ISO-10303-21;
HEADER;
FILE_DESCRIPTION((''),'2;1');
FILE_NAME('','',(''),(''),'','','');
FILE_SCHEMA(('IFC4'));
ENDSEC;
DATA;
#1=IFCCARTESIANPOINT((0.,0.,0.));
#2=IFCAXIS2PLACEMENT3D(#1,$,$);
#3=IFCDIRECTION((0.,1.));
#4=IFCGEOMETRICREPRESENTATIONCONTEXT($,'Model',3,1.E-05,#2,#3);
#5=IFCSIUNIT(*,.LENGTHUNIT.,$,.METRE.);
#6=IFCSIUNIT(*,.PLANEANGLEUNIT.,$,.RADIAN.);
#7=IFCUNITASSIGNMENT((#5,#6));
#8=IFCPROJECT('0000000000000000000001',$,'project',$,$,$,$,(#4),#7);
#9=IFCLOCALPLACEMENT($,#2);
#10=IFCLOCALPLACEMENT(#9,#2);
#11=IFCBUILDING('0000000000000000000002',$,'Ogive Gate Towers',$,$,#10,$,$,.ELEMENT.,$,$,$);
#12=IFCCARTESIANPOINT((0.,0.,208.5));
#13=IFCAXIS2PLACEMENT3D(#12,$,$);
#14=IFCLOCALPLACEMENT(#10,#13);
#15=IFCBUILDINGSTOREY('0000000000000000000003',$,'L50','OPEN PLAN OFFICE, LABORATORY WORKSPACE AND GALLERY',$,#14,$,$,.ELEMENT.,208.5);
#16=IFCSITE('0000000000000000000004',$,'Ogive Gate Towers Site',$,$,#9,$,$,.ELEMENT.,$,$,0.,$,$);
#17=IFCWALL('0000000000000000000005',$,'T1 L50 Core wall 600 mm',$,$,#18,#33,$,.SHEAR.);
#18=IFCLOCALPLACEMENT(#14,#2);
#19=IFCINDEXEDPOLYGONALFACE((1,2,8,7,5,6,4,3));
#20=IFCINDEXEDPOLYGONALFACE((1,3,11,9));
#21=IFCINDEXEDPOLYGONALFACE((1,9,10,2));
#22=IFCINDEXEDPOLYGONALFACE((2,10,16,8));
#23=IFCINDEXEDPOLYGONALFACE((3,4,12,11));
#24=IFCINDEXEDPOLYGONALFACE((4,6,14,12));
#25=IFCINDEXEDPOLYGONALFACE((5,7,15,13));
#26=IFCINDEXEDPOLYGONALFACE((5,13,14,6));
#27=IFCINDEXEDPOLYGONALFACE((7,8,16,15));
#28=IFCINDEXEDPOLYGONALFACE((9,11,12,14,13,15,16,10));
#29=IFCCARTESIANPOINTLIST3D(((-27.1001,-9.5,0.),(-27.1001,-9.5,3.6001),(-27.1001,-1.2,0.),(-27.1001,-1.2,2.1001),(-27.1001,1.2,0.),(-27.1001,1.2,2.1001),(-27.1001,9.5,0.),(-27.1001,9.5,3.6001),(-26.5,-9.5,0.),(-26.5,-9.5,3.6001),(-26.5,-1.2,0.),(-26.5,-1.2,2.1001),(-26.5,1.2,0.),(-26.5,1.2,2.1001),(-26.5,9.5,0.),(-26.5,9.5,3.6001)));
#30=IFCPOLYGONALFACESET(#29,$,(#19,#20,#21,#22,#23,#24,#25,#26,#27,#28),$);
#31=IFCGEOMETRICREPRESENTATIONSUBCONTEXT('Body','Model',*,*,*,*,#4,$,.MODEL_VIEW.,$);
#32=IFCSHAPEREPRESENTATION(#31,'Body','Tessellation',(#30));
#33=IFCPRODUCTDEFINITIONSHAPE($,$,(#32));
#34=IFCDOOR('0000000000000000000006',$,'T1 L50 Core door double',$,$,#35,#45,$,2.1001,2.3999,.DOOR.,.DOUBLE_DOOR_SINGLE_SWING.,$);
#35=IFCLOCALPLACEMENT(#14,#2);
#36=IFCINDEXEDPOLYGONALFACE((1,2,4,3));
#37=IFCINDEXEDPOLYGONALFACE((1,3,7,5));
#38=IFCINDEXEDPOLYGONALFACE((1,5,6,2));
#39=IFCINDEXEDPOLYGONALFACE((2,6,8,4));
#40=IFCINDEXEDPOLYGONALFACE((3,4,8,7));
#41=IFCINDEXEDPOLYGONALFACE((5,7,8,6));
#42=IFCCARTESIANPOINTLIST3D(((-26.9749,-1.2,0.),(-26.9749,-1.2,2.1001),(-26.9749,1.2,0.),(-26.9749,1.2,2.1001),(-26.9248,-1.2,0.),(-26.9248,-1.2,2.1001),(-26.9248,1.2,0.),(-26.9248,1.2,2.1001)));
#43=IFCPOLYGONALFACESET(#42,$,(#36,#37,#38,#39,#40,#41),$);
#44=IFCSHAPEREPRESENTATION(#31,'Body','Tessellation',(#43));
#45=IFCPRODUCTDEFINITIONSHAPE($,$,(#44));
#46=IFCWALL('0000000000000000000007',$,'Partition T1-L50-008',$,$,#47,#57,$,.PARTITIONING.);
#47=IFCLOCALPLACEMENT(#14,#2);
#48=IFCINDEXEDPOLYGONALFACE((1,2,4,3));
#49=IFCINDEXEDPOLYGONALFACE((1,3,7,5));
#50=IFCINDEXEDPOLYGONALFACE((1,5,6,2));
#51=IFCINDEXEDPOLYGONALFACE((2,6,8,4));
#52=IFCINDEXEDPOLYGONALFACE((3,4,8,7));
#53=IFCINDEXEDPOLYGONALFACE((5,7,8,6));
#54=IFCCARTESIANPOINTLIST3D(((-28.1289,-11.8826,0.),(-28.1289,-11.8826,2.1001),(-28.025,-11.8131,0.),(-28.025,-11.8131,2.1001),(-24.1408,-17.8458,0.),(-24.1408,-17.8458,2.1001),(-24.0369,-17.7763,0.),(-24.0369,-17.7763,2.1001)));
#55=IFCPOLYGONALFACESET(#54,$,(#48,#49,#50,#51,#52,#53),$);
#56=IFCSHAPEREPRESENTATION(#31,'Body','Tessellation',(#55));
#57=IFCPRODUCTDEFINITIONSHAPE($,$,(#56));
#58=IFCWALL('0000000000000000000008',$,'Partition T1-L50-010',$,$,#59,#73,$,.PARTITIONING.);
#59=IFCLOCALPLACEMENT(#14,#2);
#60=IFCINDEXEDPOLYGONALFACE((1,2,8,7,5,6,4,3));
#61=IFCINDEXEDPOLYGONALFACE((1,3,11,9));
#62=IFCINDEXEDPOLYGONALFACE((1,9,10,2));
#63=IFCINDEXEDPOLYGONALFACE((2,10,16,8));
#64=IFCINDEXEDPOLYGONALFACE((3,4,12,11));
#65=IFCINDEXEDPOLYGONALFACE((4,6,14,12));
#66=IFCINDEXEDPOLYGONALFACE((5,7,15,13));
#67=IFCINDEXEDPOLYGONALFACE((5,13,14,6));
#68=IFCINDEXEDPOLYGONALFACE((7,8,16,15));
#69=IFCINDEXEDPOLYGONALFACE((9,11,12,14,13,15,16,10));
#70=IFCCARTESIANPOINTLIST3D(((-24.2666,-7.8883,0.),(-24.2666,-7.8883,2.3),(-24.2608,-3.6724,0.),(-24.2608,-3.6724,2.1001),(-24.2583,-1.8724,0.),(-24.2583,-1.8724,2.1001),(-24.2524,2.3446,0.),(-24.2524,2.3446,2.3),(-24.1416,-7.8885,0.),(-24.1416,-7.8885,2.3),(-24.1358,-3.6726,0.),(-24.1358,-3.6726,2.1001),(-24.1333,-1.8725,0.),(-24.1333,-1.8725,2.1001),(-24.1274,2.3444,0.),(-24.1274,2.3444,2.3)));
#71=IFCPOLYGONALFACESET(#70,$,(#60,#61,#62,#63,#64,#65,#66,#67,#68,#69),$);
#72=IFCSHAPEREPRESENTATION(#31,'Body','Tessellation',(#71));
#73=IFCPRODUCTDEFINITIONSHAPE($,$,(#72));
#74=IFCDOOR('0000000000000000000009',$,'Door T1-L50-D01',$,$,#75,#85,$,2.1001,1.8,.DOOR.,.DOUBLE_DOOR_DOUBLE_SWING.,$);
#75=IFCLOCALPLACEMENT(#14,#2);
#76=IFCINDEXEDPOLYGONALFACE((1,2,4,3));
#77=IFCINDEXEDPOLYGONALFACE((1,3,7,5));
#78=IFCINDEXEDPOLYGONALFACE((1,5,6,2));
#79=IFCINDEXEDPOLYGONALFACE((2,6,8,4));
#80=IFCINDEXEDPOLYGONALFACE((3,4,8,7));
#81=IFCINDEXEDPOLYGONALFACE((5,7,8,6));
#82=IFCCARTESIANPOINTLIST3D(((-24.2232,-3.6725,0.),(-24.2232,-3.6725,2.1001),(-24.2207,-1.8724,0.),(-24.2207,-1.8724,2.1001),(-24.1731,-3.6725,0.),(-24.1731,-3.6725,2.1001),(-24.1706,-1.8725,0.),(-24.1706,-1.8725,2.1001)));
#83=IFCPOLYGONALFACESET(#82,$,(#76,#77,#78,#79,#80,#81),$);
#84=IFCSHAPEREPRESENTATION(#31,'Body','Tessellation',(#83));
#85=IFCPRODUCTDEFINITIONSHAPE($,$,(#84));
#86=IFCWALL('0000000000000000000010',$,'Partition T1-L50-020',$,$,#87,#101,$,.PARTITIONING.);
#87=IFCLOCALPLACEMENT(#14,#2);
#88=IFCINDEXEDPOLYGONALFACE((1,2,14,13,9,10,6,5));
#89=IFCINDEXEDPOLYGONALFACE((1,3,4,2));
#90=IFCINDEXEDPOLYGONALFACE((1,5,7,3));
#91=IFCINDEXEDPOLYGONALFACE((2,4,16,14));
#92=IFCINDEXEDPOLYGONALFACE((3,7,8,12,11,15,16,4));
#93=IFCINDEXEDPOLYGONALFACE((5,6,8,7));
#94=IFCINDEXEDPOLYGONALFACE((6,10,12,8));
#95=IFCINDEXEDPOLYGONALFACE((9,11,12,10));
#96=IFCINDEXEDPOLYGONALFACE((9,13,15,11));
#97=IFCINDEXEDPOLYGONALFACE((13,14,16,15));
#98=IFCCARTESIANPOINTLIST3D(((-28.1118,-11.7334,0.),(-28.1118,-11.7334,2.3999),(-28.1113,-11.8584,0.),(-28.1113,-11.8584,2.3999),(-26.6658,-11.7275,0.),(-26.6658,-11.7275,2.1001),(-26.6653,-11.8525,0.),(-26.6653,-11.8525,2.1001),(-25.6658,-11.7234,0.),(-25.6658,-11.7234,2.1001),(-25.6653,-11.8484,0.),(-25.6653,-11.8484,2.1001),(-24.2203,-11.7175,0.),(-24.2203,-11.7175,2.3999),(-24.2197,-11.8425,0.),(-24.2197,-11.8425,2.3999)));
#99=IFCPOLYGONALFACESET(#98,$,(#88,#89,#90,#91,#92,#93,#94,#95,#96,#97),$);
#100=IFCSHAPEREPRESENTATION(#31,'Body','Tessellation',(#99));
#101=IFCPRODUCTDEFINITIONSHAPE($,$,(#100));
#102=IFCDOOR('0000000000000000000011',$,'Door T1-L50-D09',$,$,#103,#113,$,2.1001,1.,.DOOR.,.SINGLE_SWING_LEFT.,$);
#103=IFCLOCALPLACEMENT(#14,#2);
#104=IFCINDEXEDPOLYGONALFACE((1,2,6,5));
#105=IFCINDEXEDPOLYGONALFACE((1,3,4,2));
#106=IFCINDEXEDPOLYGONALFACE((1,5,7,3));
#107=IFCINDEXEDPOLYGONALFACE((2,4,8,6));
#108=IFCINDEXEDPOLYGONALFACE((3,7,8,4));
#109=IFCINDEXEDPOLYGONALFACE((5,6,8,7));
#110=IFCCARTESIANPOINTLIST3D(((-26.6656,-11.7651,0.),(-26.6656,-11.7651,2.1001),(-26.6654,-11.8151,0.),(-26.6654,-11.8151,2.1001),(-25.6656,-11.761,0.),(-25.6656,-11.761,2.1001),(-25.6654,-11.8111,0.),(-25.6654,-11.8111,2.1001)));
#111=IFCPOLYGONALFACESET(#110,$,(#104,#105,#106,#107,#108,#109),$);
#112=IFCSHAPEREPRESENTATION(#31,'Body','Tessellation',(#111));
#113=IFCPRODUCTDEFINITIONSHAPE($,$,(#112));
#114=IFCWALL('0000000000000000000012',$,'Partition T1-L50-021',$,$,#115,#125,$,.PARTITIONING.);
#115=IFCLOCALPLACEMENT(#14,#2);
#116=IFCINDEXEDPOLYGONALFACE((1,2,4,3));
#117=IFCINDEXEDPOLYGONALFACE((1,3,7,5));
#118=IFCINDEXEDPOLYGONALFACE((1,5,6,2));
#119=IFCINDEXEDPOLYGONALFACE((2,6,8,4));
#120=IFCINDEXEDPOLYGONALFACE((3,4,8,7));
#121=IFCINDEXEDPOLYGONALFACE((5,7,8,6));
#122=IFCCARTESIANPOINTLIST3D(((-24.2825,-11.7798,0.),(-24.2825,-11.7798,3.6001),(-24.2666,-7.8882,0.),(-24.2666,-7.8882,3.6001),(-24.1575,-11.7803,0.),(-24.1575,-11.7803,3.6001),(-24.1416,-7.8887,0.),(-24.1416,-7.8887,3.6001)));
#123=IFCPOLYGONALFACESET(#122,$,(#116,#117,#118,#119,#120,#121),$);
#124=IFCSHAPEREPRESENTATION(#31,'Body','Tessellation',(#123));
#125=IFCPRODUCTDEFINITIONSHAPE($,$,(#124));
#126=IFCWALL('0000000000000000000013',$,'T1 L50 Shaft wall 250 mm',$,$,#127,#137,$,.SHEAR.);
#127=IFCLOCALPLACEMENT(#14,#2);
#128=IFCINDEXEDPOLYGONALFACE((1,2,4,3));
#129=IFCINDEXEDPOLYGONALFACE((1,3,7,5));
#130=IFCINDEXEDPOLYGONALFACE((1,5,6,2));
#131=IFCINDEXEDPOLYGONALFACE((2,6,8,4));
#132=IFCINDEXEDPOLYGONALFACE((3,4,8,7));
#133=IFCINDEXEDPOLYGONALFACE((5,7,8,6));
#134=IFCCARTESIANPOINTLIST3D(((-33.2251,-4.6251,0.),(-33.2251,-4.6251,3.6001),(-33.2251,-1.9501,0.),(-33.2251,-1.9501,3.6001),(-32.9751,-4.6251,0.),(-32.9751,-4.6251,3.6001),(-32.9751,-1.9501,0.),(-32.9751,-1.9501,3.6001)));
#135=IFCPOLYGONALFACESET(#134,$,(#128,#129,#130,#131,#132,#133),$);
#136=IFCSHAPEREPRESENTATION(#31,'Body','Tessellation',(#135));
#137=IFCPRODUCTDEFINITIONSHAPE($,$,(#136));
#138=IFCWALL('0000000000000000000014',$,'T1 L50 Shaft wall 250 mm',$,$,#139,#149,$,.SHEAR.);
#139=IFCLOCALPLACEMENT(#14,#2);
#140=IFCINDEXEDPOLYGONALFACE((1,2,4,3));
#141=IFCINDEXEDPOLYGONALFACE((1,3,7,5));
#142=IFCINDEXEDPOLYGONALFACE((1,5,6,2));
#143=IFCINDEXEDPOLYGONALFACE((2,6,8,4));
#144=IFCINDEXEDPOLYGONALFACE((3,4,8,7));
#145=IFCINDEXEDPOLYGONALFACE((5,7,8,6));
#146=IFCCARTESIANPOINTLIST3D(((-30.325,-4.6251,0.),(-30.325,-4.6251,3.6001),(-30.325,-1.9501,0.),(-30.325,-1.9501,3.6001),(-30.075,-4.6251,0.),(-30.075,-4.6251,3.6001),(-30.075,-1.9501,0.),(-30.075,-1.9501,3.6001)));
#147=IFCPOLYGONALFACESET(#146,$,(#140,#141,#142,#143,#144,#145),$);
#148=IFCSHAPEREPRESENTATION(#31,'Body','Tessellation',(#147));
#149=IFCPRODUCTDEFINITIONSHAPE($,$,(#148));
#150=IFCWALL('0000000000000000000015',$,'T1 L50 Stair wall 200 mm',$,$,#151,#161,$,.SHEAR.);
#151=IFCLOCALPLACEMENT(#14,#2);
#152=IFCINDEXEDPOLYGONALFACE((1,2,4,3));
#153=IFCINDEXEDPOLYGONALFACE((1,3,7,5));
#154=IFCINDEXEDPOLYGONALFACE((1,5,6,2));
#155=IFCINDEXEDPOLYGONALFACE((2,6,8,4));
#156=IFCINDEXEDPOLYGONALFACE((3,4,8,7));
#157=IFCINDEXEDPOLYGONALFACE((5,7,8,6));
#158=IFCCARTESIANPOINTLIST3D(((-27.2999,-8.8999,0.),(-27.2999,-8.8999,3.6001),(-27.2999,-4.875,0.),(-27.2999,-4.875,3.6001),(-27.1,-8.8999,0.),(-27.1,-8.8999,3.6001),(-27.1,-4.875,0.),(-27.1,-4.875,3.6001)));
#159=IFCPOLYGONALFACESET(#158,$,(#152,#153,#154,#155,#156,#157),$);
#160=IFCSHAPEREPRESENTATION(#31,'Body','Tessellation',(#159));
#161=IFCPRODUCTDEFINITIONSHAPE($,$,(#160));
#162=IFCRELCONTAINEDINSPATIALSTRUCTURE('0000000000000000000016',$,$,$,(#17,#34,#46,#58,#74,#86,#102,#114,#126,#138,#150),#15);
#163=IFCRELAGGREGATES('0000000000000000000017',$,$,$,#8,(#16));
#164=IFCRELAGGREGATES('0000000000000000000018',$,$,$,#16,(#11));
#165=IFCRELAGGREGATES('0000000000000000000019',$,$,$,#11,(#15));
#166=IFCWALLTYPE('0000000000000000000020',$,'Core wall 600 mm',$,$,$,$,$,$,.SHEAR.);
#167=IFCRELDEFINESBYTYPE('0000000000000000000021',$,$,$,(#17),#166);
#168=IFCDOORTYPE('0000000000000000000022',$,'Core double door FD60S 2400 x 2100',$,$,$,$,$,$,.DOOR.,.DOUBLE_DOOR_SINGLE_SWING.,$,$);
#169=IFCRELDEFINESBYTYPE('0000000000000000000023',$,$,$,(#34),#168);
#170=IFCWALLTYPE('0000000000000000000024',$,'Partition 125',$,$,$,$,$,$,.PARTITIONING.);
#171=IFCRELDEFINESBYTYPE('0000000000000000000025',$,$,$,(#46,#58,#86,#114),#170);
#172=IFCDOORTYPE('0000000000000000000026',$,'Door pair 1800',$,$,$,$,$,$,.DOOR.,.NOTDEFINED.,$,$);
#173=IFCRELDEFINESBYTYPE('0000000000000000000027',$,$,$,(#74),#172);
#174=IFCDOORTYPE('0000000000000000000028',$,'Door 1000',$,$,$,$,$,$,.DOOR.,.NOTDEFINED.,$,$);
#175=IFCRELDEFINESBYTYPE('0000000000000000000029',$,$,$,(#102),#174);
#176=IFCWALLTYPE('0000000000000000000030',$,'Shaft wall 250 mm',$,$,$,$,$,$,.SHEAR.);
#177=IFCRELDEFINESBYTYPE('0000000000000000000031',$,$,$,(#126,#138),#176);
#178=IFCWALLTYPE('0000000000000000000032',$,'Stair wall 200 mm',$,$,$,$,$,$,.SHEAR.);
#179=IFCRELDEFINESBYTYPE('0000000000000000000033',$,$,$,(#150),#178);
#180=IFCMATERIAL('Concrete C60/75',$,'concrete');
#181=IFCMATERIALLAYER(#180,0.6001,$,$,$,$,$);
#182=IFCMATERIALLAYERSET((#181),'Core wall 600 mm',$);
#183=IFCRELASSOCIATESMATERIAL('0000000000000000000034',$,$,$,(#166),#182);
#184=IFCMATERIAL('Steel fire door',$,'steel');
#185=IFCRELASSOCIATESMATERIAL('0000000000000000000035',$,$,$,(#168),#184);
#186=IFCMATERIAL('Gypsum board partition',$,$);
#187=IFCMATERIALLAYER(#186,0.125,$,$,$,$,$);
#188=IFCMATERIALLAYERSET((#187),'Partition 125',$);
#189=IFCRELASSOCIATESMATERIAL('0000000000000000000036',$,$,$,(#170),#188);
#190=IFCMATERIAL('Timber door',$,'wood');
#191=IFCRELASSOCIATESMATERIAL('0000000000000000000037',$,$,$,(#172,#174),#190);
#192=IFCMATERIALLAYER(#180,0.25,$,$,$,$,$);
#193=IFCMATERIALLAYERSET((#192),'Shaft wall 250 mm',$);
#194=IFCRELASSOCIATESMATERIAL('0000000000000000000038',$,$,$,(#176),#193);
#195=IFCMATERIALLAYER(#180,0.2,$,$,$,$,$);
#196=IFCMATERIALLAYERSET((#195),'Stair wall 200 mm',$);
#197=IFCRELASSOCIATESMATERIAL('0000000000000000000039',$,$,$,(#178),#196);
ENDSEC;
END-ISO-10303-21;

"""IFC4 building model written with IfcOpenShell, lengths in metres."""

from ifc_helpers import new_model, si_unit, direction, frame, frame_2d, origin, place, context, subcontext, project, spatial, rectangle, extrude, material, layer, layer_set, type_object, element, fill, save


model = new_model("IFC4")

# Units and contexts
model_context = context("Model", 3, precision=1e-05, world=origin(), true_north=direction((0.0, 1.0)))
body_context = subcontext(model_context, "Body", "Model", "MODEL_VIEW")
ifc_project = project(units=[si_unit("LENGTHUNIT", "METRE"), si_unit("PLANEANGLEUNIT", "RADIAN")], contexts=[model_context])

# Site, building, storey
site_placement = place(None, origin())
site = spatial("IfcSite", under=ifc_project, at=site_placement, Name="Ogive Gate Towers Site", CompositionType="ELEMENT", RefElevation=0.0)
building_placement = place(site_placement, origin())
building = spatial("IfcBuilding", under=site, at=building_placement, Name="Ogive Gate Towers", CompositionType="ELEMENT")
storey_placement = place(building_placement, frame((0.0, 0.0, 208.5)))
storey = spatial("IfcBuildingStorey", under=building, at=storey_placement, Name="L50", Description="OPEN PLAN OFFICE, LABORATORY WORKSPACE AND GALLERY", CompositionType="ELEMENT", Elevation=208.5)

# Wall, opening, door
ifc_material_1 = material(Name="Concrete C60/75", Category="concrete")
ifc_layer_1 = layer(ifc_material_1, 0.6001)
ifc_layer_set_1 = layer_set([ifc_layer_1], Name="Core wall 600 mm")
wall_type_1 = type_object("IfcWallType", Name="Core wall 600 mm", PredefinedType="SHEAR", material=ifc_layer_set_1)
wall_1_placement = place(storey_placement, frame((-26.8, -9.5, 0.0), z_axis=(0.0, 0.0, 1.0), x_axis=(0.0, 1.0, 0.0)))
wall_1 = element("IfcWall", 1, at=wall_1_placement, inside=storey, type_object=wall_type_1, Name="T1 L50 Core wall 600 mm", PredefinedType="SHEAR", context=body_context, shape_type="SweptSolid", body=[
    extrude(rectangle(XDim=19.0, YDim=0.6001, at=frame_2d((9.5, 0.0))), origin(), (0.0, 0.0, 1.0), 3.6001),
])
opening_1_placement = place(wall_1_placement, frame((8.3, 0.0, 0.0)))
opening_1 = element("IfcOpeningElement", 2, at=opening_1_placement, cuts=wall_1, PredefinedType="OPENING", context=body_context, shape_type="SweptSolid", body=[
    extrude(rectangle(XDim=2.3999, YDim=2.1001, at=frame_2d((1.2, 1.05))), frame((0.0, 0.3101, 0.0), z_axis=(0.0, -1.0, 0.0), x_axis=(1.0, 0.0, 0.0)), (0.0, 0.0, 1.0), 0.6201),
])
ifc_material_2 = material(Name="Steel fire door", Category="steel")
door_type_1 = type_object("IfcDoorType", Name="Core double door FD60S 2400 x 2100", OperationType="DOUBLE_DOOR_SINGLE_SWING", PredefinedType="DOOR", material=ifc_material_2)
door_1_placement = place(opening_1_placement, origin())
door_1 = element("IfcDoor", 3, at=door_1_placement, inside=storey, type_object=door_type_1, Name="T1 L50 Core door double", OperationType="DOUBLE_DOOR_SINGLE_SWING", OverallHeight=2.1001, OverallWidth=2.3999, PredefinedType="DOOR", context=body_context, shape_type="SweptSolid", body=[
    extrude(rectangle(XDim=2.3999, YDim=2.1001, at=frame_2d((1.2, 1.05))), frame((0.0, 0.1748, 0.0), z_axis=(0.0, -1.0, 0.0), x_axis=(1.0, 0.0, 0.0)), (0.0, 0.0, 1.0), 0.05),
])
fill(opening_1, door_1)

# Wall
ifc_material_3 = material(Name="Gypsum board partition")
ifc_layer_2 = layer(ifc_material_3, 0.125)
ifc_layer_set_2 = layer_set([ifc_layer_2], Name="Partition 125")
wall_type_2 = type_object("IfcWallType", Name="Partition 125", PredefinedType="PARTITIONING", material=ifc_layer_set_2)
wall_2_placement = place(storey_placement, frame((-24.0889, -17.811, 0.0), z_axis=(0.0, 0.0, 1.0), x_axis=(-0.555917, 0.831238, 0.0)))
element("IfcWall", 4, at=wall_2_placement, inside=storey, type_object=wall_type_2, Name="Partition T1-L50-008", PredefinedType="PARTITIONING", context=body_context, shape_type="SweptSolid", body=[
    extrude(rectangle(XDim=7.1738, YDim=0.125, at=frame_2d((3.5869, 0.0))), origin(), (0.0, 0.0, 1.0), 2.1001),
])

# Walls, openings, doors
wall_3_placement = place(storey_placement, frame((-24.2041, -7.8884, 0.0), z_axis=(0.0, 0.0, 1.0), x_axis=(0.001384, 0.999999, 0.0)))
wall_3 = element("IfcWall", 5, at=wall_3_placement, inside=storey, type_object=wall_type_2, Name="Partition T1-L50-010", PredefinedType="PARTITIONING", context=body_context, shape_type="SweptSolid", body=[
    extrude(rectangle(XDim=10.2329, YDim=0.125, at=frame_2d((5.1165, 0.0))), origin(), (0.0, 0.0, 1.0), 2.3),
])
opening_2_placement = place(wall_3_placement, frame((4.2161, 0.0, 0.0)))
opening_2 = element("IfcOpeningElement", 6, at=opening_2_placement, cuts=wall_3, PredefinedType="OPENING", context=body_context, shape_type="SweptSolid", body=[
    extrude(rectangle(XDim=1.8, YDim=2.1001, at=frame_2d((0.8999, 1.05))), frame((0.0, 0.0725, 0.0), z_axis=(0.0, -1.0, 0.0), x_axis=(1.0, 0.0, 0.0)), (0.0, 0.0, 1.0), 0.145),
])
ifc_material_4 = material(Name="Timber door", Category="wood")
door_type_2 = type_object("IfcDoorType", Name="Door pair 1800", OperationType="NOTDEFINED", PredefinedType="DOOR", material=ifc_material_4)
door_2_placement = place(opening_2_placement, origin())
door_2 = element("IfcDoor", 7, at=door_2_placement, inside=storey, type_object=door_type_2, Name="Door T1-L50-D01", OperationType="DOUBLE_DOOR_DOUBLE_SWING", OverallHeight=2.1001, OverallWidth=1.8, PredefinedType="DOOR", context=body_context, shape_type="SweptSolid", body=[
    extrude(rectangle(XDim=1.8, YDim=2.1001, at=frame_2d((0.8999, 1.05))), frame((0.0, 0.0249, 0.0), z_axis=(0.0, -1.0, 0.0), x_axis=(1.0, 0.0, 0.0)), (0.0, 0.0, 1.0), 0.05),
])
fill(opening_2, door_2)
wall_4_placement = place(storey_placement, frame((-28.1116, -11.7959, 0.0), z_axis=(0.0, 0.0, 1.0), x_axis=(0.999992, 0.004078, 0.0)))
wall_4 = element("IfcWall", 8, at=wall_4_placement, inside=storey, type_object=wall_type_2, Name="Partition T1-L50-020", PredefinedType="PARTITIONING", context=body_context, shape_type="SweptSolid", body=[
    extrude(rectangle(XDim=3.8916, YDim=0.125, at=frame_2d((1.9458, 0.0))), origin(), (0.0, 0.0, 1.0), 2.3999),
])
opening_3_placement = place(wall_4_placement, frame((1.446, 0.0, 0.0)))
opening_3 = element("IfcOpeningElement", 9, at=opening_3_placement, cuts=wall_4, PredefinedType="OPENING", context=body_context, shape_type="SweptSolid", body=[
    extrude(rectangle(XDim=1.0, YDim=2.1001, at=frame_2d((0.5, 1.05))), frame((0.0, 0.0725, 0.0), z_axis=(0.0, -1.0, 0.0), x_axis=(1.0, 0.0, 0.0)), (0.0, 0.0, 1.0), 0.145),
])
door_type_3 = type_object("IfcDoorType", Name="Door 1000", OperationType="NOTDEFINED", PredefinedType="DOOR", material=ifc_material_4)
door_3_placement = place(opening_3_placement, origin())
door_3 = element("IfcDoor", 10, at=door_3_placement, inside=storey, type_object=door_type_3, Name="Door T1-L50-D09", OperationType="SINGLE_SWING_LEFT", OverallHeight=2.1001, OverallWidth=1.0, PredefinedType="DOOR", context=body_context, shape_type="SweptSolid", body=[
    extrude(rectangle(XDim=1.0, YDim=2.1001, at=frame_2d((0.5, 1.05))), frame((0.0, 0.0249, 0.0), z_axis=(0.0, -1.0, 0.0), x_axis=(1.0, 0.0, 0.0)), (0.0, 0.0, 1.0), 0.05),
])
fill(opening_3, door_3)

# Walls
wall_5_placement = place(storey_placement, frame((-24.22, -11.78, 0.0), z_axis=(0.0, 0.0, 1.0), x_axis=(0.004078, 0.999992, 0.0)))
element("IfcWall", 11, at=wall_5_placement, inside=storey, type_object=wall_type_2, Name="Partition T1-L50-021", PredefinedType="PARTITIONING", context=body_context, shape_type="SweptSolid", body=[
    extrude(rectangle(XDim=3.8916, YDim=0.125, at=frame_2d((1.9458, 0.0))), origin(), (0.0, 0.0, 1.0), 3.6001),
])
ifc_layer_3 = layer(ifc_material_1, 0.25)
ifc_layer_set_3 = layer_set([ifc_layer_3], Name="Shaft wall 250 mm")
wall_type_3 = type_object("IfcWallType", Name="Shaft wall 250 mm", PredefinedType="SHEAR", material=ifc_layer_set_3)
for number, where, z_axis, x_axis, name in (
    (12, (-33.1001, -4.625, 0.0), (0.0, 0.0, 1.0), (0.0, 1.0, 0.0), "T1 L50 Shaft wall 250 mm"),
    (13, (-30.2, -4.625, 0.0), (0.0, 0.0, 1.0), (0.0, 1.0, 0.0), "T1 L50 Shaft wall 250 mm"),
):
    element("IfcWall", number, at=place(storey_placement, frame(where, z_axis=z_axis, x_axis=x_axis)), inside=storey, type_object=wall_type_3, Name=name, PredefinedType="SHEAR", context=body_context, shape_type="SweptSolid", body=[
        extrude(rectangle(XDim=2.675, YDim=0.25, at=frame_2d((1.3374, 0.0))), origin(), (0.0, 0.0, 1.0), 3.6001),
    ])
ifc_layer_4 = layer(ifc_material_1, 0.2)
ifc_layer_set_4 = layer_set([ifc_layer_4], Name="Stair wall 200 mm")
wall_type_4 = type_object("IfcWallType", Name="Stair wall 200 mm", PredefinedType="SHEAR", material=ifc_layer_set_4)
wall_6_placement = place(storey_placement, frame((-27.2, -8.8999, 0.0), z_axis=(0.0, 0.0, 1.0), x_axis=(0.0, 1.0, 0.0)))
element("IfcWall", 14, at=wall_6_placement, inside=storey, type_object=wall_type_4, Name="T1 L50 Stair wall 200 mm", PredefinedType="SHEAR", context=body_context, shape_type="SweptSolid", body=[
    extrude(rectangle(XDim=4.0249, YDim=0.2, at=frame_2d((2.0125, 0.0))), origin(), (0.0, 0.0, 1.0), 3.6001),
])

save(model, "model.ifc")
